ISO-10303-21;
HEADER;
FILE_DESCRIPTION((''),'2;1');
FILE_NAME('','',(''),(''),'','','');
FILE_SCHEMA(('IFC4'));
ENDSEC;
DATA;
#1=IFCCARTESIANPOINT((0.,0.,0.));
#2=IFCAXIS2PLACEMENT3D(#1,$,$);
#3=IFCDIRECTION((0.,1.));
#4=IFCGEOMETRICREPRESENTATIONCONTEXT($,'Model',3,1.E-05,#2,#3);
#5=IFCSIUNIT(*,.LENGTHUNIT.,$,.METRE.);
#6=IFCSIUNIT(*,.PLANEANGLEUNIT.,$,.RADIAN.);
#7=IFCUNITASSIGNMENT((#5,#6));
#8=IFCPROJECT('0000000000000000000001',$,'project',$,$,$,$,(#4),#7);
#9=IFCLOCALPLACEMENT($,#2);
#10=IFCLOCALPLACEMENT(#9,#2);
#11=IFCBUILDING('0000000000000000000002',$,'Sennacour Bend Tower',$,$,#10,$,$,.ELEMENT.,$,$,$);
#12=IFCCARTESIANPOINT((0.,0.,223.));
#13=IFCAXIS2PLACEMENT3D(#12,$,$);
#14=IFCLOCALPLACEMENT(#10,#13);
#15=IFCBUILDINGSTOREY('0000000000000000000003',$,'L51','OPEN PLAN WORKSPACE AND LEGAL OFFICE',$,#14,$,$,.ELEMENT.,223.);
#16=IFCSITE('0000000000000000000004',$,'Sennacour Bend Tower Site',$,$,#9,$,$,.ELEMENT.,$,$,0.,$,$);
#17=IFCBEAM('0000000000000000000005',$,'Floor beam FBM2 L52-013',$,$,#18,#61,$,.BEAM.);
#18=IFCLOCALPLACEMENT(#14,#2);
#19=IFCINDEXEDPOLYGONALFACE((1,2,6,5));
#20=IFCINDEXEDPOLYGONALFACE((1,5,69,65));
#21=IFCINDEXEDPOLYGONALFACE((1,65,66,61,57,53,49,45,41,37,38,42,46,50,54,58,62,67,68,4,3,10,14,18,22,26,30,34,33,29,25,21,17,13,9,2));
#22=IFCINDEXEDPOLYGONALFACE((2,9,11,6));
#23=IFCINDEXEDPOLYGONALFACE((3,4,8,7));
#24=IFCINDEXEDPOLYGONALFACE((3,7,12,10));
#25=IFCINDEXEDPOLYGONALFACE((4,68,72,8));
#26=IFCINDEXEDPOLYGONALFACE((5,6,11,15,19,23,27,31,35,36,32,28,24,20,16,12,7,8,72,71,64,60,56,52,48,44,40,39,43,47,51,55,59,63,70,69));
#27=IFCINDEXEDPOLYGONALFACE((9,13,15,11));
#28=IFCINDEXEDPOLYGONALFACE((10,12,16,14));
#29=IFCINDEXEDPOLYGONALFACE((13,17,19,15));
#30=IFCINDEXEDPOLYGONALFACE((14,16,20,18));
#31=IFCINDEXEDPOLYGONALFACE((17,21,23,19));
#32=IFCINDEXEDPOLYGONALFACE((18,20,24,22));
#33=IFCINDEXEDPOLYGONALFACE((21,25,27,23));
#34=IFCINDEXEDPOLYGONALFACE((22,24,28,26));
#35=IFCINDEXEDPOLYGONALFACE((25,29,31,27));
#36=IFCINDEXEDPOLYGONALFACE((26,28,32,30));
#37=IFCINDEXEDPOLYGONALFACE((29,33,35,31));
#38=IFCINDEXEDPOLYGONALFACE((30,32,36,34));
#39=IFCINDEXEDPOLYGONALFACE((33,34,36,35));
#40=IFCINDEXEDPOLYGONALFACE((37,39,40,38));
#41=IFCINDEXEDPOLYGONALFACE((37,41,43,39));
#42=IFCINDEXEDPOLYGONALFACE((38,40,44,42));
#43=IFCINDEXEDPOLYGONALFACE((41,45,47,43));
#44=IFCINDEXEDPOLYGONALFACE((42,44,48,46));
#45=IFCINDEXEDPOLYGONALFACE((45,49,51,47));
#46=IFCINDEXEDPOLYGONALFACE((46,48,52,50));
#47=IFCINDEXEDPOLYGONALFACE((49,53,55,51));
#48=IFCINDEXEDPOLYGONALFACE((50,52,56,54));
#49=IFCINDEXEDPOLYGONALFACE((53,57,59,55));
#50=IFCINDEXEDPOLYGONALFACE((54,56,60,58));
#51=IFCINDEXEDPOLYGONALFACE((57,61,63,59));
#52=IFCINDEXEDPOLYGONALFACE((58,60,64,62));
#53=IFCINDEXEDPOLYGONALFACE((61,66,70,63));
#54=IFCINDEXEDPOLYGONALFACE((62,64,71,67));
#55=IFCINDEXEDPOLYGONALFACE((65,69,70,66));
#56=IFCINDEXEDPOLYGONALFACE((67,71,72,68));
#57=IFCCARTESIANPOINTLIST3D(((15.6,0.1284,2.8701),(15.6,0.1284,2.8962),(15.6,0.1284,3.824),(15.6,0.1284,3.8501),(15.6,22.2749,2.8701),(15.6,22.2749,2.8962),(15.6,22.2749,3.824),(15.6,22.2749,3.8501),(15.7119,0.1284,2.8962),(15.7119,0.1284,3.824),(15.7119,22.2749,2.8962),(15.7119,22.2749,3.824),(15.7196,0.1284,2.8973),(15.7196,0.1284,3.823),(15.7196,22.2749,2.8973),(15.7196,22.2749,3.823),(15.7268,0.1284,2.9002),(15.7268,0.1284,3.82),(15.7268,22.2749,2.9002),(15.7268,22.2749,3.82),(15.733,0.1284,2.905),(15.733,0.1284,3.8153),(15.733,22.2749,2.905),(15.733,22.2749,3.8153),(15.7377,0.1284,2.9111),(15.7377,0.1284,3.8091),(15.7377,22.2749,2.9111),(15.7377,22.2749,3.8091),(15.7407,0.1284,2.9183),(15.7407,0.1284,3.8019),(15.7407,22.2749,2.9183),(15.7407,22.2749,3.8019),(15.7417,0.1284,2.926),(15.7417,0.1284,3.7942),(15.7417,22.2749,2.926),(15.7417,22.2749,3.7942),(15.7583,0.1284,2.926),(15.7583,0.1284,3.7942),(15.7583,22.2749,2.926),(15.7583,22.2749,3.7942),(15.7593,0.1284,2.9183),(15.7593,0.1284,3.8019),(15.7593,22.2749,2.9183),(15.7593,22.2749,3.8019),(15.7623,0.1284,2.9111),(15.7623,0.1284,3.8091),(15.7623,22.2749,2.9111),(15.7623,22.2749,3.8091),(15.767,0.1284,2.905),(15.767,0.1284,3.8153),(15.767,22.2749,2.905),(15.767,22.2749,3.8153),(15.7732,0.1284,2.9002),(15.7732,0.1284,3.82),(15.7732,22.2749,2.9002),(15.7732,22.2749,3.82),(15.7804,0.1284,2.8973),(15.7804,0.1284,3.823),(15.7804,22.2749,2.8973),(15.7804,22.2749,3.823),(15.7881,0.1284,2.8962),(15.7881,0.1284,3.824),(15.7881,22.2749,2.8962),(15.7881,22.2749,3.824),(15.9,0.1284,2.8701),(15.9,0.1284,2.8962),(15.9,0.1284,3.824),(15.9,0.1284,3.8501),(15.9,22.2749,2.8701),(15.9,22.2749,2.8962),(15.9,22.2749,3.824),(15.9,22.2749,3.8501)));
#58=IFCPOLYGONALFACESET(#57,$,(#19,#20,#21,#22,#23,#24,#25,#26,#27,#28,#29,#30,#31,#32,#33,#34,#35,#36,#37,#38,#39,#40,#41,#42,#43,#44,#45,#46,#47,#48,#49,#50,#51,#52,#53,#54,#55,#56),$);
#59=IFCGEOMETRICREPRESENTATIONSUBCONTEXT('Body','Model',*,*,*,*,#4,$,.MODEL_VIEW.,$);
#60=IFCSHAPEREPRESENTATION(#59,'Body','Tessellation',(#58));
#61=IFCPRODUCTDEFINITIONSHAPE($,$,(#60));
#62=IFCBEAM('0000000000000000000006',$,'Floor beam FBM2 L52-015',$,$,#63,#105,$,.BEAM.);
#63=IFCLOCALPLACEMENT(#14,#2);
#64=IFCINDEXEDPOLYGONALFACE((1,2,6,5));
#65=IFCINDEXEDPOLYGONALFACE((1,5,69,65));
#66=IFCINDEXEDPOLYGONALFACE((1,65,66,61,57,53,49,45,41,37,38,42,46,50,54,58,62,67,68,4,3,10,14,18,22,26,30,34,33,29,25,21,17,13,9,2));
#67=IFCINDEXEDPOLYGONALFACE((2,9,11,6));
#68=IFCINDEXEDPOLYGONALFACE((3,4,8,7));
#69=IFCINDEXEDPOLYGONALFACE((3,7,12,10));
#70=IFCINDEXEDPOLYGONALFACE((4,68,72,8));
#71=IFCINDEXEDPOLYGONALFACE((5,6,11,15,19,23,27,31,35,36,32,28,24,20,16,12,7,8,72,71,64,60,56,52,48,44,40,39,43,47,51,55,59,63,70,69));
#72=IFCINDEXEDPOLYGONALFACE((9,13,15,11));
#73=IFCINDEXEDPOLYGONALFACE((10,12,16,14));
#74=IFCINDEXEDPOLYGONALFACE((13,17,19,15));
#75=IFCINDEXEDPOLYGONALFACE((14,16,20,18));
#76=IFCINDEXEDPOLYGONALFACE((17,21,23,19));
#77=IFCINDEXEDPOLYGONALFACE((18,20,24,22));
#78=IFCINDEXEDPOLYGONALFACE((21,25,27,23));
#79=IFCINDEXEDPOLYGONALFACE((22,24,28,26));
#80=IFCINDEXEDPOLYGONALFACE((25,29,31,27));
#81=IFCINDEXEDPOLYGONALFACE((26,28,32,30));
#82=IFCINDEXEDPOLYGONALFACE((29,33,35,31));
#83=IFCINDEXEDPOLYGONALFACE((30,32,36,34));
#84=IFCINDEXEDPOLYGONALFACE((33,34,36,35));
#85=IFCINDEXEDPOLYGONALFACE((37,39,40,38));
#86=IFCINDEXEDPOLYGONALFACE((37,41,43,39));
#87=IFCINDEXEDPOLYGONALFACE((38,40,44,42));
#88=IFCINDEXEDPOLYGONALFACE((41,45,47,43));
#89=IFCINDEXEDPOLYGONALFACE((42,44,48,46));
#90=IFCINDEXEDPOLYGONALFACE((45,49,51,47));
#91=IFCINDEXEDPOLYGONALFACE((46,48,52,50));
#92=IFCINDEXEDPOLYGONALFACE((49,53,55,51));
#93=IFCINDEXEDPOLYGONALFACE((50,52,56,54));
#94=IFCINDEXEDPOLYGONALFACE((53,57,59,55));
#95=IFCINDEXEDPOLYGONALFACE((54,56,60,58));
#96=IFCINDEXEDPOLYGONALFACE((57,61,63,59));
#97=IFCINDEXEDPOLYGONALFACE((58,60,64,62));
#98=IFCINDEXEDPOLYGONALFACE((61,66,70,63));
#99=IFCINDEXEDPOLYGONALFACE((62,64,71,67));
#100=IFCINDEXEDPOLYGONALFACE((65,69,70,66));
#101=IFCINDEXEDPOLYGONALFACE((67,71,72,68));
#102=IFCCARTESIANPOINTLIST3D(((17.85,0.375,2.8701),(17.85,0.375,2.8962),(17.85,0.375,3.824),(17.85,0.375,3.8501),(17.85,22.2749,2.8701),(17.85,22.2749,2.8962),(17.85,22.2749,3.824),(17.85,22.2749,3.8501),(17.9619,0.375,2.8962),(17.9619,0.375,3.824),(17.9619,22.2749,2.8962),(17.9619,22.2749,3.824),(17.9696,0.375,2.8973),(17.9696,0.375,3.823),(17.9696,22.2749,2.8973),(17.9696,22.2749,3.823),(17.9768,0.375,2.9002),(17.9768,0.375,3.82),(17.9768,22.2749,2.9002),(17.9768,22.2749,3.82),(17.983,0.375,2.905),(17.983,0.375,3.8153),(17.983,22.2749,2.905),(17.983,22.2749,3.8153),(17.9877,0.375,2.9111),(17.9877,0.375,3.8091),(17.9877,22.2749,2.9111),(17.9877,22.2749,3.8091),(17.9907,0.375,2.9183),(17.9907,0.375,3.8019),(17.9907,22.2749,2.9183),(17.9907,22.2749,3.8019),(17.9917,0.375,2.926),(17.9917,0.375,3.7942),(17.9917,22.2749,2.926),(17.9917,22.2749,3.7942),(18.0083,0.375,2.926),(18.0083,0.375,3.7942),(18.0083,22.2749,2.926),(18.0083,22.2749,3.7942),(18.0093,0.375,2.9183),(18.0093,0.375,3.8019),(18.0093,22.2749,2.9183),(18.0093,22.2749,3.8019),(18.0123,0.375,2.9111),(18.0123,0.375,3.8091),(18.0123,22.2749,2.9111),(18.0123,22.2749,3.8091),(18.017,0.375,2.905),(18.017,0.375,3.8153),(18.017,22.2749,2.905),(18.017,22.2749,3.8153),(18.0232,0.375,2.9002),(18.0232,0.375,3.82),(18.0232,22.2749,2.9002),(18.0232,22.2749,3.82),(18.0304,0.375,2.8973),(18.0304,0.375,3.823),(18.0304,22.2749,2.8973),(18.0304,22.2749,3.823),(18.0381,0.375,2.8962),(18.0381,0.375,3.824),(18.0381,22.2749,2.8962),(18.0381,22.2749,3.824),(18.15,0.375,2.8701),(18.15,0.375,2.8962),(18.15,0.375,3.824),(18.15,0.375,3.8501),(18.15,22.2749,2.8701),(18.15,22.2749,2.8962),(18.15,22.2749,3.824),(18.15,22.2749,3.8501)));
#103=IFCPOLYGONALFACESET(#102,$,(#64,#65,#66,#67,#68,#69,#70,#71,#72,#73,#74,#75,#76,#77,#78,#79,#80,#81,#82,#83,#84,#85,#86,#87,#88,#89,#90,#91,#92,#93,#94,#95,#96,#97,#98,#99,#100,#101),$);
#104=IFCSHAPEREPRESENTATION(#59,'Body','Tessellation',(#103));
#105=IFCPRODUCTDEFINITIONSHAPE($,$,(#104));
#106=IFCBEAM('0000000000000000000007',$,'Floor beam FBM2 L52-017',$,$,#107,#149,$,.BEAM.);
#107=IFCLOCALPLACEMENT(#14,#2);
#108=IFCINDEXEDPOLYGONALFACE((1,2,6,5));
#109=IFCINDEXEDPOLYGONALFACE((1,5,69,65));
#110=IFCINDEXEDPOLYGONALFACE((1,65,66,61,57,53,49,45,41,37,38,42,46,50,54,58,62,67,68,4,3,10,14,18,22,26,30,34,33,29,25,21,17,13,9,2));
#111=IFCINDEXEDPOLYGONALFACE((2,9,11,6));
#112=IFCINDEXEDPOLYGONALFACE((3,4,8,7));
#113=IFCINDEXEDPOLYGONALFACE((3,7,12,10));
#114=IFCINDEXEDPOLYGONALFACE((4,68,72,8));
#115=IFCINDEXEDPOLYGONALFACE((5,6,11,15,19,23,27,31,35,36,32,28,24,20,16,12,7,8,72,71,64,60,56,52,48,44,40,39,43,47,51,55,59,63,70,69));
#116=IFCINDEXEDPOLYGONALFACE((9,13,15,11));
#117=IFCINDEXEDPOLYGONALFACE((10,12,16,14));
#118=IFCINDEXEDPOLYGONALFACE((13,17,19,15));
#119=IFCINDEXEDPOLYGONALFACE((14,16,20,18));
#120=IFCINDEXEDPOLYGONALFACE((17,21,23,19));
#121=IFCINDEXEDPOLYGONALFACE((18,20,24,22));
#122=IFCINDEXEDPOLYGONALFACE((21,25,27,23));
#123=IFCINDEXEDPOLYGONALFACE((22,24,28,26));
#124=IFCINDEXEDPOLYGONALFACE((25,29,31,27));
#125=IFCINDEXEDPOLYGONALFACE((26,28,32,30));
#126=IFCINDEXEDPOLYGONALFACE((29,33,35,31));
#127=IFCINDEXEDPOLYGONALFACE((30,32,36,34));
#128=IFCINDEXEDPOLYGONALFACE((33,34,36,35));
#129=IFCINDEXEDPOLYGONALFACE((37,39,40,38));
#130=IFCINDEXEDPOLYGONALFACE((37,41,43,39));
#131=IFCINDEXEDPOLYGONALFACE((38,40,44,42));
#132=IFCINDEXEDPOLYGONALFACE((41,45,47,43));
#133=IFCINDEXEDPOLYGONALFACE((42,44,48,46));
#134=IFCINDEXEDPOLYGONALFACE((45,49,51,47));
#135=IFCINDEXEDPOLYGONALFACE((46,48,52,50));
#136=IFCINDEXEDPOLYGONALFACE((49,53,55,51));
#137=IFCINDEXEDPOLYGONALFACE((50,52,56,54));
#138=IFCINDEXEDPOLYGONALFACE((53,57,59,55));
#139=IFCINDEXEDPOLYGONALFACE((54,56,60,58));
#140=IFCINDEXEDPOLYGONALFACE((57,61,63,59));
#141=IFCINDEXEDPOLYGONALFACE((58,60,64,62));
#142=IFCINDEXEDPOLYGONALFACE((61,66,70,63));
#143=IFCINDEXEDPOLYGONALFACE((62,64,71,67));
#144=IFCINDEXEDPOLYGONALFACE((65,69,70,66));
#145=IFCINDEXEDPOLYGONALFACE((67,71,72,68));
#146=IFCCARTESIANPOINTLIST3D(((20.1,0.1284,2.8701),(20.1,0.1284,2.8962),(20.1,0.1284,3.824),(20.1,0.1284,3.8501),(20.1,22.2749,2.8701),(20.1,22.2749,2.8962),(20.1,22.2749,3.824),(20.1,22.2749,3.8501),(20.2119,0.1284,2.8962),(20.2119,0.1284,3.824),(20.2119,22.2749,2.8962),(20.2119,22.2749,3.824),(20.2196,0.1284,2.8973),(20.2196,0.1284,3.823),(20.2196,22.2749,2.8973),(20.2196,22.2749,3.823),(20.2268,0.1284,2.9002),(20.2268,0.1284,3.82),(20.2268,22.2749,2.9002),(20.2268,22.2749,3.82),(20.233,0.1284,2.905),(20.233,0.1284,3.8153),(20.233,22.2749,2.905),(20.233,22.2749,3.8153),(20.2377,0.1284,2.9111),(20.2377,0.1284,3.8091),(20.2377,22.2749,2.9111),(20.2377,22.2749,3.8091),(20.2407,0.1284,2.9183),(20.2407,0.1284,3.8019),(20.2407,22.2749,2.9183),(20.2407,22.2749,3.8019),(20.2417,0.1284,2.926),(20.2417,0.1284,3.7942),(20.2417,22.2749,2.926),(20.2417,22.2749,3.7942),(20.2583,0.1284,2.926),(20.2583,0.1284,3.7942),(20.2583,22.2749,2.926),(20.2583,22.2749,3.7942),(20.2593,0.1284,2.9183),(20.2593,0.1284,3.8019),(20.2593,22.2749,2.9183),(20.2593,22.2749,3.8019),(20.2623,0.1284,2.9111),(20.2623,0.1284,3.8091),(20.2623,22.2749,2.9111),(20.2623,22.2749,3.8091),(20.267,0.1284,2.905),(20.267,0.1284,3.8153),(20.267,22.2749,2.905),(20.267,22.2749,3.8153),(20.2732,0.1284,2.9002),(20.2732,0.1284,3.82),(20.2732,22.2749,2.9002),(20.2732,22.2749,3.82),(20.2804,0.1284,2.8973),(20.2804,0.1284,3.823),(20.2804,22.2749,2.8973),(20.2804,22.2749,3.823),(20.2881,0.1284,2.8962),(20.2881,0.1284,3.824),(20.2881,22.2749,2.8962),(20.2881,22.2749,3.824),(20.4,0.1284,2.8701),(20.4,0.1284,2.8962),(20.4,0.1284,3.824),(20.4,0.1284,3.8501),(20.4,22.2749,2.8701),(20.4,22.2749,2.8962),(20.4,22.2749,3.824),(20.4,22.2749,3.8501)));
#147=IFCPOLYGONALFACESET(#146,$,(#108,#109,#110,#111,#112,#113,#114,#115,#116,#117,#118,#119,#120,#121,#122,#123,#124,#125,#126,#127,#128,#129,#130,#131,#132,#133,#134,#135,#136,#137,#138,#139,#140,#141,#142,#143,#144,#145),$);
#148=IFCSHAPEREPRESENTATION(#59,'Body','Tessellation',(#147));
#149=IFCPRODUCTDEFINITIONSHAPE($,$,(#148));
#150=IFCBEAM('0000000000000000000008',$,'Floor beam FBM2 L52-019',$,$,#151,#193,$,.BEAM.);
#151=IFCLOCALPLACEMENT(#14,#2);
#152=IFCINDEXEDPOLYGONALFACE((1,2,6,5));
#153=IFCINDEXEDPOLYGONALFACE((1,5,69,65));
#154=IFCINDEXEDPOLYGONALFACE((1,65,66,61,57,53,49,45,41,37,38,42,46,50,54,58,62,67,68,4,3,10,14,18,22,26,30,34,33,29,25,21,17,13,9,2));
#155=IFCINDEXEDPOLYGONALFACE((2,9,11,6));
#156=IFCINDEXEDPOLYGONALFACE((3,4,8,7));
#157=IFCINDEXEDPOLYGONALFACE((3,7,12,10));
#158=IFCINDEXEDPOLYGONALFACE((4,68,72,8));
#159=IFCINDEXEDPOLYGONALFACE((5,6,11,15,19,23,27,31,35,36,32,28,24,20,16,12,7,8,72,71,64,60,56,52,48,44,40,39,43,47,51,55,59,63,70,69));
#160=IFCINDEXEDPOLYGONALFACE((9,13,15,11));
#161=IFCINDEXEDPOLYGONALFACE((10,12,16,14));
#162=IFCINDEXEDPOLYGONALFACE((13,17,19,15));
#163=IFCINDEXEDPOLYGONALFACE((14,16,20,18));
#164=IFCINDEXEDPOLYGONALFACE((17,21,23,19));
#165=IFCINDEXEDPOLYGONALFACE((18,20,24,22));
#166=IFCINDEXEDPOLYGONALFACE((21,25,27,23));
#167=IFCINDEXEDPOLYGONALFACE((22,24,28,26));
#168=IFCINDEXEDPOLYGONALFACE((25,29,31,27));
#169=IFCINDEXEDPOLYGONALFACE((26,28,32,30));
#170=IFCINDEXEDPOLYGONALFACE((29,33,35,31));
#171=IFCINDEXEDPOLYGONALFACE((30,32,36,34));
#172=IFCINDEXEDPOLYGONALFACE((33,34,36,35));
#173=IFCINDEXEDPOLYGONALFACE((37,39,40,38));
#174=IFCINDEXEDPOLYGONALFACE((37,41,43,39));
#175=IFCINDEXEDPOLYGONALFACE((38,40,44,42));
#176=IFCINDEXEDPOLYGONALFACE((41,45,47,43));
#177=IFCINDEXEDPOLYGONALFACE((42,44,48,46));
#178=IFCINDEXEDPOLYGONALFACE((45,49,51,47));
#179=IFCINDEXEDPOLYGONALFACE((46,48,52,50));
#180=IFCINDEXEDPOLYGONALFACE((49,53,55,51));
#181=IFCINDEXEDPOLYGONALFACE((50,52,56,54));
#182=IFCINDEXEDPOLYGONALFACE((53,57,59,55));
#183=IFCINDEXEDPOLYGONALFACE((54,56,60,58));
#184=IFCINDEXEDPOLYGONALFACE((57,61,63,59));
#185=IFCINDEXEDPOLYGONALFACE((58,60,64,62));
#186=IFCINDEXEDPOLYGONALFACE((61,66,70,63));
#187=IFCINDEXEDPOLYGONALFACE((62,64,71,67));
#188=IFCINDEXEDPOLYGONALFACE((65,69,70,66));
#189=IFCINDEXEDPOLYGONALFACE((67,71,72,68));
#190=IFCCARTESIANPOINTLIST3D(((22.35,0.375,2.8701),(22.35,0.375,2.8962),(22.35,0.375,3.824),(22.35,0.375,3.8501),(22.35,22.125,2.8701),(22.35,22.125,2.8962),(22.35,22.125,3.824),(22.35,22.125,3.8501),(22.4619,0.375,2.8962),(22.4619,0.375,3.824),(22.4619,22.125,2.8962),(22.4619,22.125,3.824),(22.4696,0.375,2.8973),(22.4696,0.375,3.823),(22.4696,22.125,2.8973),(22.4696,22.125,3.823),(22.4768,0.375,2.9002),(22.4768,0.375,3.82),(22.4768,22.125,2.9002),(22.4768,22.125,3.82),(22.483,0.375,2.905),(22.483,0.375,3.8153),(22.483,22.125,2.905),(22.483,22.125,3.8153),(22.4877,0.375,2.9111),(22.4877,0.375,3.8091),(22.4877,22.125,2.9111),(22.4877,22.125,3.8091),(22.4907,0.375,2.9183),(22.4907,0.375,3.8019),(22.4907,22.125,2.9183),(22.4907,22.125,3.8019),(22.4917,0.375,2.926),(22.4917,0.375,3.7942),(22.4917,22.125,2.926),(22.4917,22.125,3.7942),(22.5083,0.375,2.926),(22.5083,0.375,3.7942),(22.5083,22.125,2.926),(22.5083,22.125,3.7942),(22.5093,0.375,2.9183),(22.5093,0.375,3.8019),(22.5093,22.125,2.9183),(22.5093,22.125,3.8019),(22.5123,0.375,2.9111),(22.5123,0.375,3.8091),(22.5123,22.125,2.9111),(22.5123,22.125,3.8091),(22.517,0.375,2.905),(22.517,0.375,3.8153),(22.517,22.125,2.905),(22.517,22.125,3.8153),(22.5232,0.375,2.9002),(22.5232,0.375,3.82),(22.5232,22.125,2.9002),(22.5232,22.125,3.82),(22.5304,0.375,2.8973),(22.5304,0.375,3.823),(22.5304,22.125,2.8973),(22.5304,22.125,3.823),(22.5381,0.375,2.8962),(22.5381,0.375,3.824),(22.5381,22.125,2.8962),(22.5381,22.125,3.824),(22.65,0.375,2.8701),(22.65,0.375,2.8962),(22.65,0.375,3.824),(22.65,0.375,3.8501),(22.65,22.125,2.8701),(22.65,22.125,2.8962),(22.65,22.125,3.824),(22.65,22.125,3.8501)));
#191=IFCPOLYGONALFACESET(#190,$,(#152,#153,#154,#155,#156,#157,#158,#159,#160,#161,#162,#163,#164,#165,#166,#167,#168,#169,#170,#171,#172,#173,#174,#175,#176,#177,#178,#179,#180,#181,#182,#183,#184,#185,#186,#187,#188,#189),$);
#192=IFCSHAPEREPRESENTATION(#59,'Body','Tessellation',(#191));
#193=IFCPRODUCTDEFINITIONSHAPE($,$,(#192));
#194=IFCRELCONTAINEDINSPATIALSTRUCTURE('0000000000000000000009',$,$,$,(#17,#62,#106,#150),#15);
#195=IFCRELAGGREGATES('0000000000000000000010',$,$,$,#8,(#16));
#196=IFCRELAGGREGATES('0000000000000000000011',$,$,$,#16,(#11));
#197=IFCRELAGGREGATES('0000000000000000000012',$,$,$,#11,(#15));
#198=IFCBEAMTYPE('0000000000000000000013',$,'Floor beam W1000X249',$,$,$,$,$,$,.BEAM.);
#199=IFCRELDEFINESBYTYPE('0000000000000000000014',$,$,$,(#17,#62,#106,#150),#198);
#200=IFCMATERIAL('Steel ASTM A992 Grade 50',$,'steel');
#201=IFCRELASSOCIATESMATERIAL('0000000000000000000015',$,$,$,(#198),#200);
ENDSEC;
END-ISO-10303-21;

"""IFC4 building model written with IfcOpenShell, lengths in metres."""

from ifc_helpers import new_model, si_unit, direction, frame, origin, origin_2d, place, context, subcontext, project, spatial, i_section, extrude, material, material_profile, profile_set, type_object, element, save


model = new_model("IFC4")

# Units and contexts
model_context = context("Model", 3, precision=1e-05, world=origin(), true_north=direction((0.0, 1.0)))
body_context = subcontext(model_context, "Body", "Model", "MODEL_VIEW")
ifc_project = project(units=[si_unit("LENGTHUNIT", "METRE"), si_unit("PLANEANGLEUNIT", "RADIAN")], contexts=[model_context])

# Site, building, storey
site_placement = place(None, origin())
site = spatial("IfcSite", under=ifc_project, at=site_placement, Name="Sennacour Bend Tower Site", CompositionType="ELEMENT", RefElevation=0.0)
building_placement = place(site_placement, origin())
building = spatial("IfcBuilding", under=site, at=building_placement, Name="Sennacour Bend Tower", CompositionType="ELEMENT")
storey_placement = place(building_placement, frame((0.0, 0.0, 223.0)))
storey = spatial("IfcBuildingStorey", under=building, at=storey_placement, Name="L51", Description="OPEN PLAN WORKSPACE AND LEGAL OFFICE", CompositionType="ELEMENT", Elevation=223.0)

# Beams
ifc_material_1 = material(Name="Steel ASTM A992 Grade 50", Category="steel")
ifc_material_profile_1 = material_profile(ifc_material_1, i_section(OverallWidth=0.3, OverallDepth=0.98, WebThickness=0.0166, FlangeThickness=0.0261, FilletRadius=0.0298, at=origin_2d()), Name="Steel ASTM A992 Grade 50", Category="steel")
ifc_profile_set_1 = profile_set([ifc_material_profile_1], Name="Steel ASTM A992 Grade 50")
beam_type_1 = type_object("IfcBeamType", Name="Floor beam W1000X249", PredefinedType="BEAM", material=ifc_profile_set_1)
beam_1_placement = place(storey_placement, frame((15.75, 0.1284, 3.3601), z_axis=(0.0, 1.0, 0.0), x_axis=(-1.0, 0.0, 0.0)))
element("IfcBeam", 1, at=beam_1_placement, inside=storey, type_object=beam_type_1, Name="Floor beam FBM2 L52-013", PredefinedType="BEAM", context=body_context, shape_type="SweptSolid", body=[
    extrude(i_section(OverallWidth=0.3, OverallDepth=0.98, WebThickness=0.0166, FlangeThickness=0.0261, FilletRadius=0.0298, at=origin_2d()), origin(), (0.0, 0.0, 1.0), 22.1465),
])
beam_2_placement = place(storey_placement, frame((18.0, 0.375, 3.3601), z_axis=(0.0, 1.0, 0.0), x_axis=(-1.0, 0.0, 0.0)))
element("IfcBeam", 2, at=beam_2_placement, inside=storey, type_object=beam_type_1, Name="Floor beam FBM2 L52-015", PredefinedType="BEAM", context=body_context, shape_type="SweptSolid", body=[
    extrude(i_section(OverallWidth=0.3, OverallDepth=0.98, WebThickness=0.0166, FlangeThickness=0.0261, FilletRadius=0.0298, at=origin_2d()), origin(), (0.0, 0.0, 1.0), 21.8999),
])
beam_3_placement = place(storey_placement, frame((20.25, 0.1284, 3.3601), z_axis=(0.0, 1.0, 0.0), x_axis=(-1.0, 0.0, 0.0)))
element("IfcBeam", 3, at=beam_3_placement, inside=storey, type_object=beam_type_1, Name="Floor beam FBM2 L52-017", PredefinedType="BEAM", context=body_context, shape_type="SweptSolid", body=[
    extrude(i_section(OverallWidth=0.3, OverallDepth=0.98, WebThickness=0.0166, FlangeThickness=0.0261, FilletRadius=0.0298, at=origin_2d()), origin(), (0.0, 0.0, 1.0), 22.1465),
])
beam_4_placement = place(storey_placement, frame((22.5, 0.375, 3.3601), z_axis=(0.0, 1.0, 0.0), x_axis=(-1.0, 0.0, 0.0)))
element("IfcBeam", 4, at=beam_4_placement, inside=storey, type_object=beam_type_1, Name="Floor beam FBM2 L52-019", PredefinedType="BEAM", context=body_context, shape_type="SweptSolid", body=[
    extrude(i_section(OverallWidth=0.3, OverallDepth=0.98, WebThickness=0.0166, FlangeThickness=0.0261, FilletRadius=0.0298, at=origin_2d()), origin(), (0.0, 0.0, 1.0), 21.75),
])

save(model, "model.ifc")
